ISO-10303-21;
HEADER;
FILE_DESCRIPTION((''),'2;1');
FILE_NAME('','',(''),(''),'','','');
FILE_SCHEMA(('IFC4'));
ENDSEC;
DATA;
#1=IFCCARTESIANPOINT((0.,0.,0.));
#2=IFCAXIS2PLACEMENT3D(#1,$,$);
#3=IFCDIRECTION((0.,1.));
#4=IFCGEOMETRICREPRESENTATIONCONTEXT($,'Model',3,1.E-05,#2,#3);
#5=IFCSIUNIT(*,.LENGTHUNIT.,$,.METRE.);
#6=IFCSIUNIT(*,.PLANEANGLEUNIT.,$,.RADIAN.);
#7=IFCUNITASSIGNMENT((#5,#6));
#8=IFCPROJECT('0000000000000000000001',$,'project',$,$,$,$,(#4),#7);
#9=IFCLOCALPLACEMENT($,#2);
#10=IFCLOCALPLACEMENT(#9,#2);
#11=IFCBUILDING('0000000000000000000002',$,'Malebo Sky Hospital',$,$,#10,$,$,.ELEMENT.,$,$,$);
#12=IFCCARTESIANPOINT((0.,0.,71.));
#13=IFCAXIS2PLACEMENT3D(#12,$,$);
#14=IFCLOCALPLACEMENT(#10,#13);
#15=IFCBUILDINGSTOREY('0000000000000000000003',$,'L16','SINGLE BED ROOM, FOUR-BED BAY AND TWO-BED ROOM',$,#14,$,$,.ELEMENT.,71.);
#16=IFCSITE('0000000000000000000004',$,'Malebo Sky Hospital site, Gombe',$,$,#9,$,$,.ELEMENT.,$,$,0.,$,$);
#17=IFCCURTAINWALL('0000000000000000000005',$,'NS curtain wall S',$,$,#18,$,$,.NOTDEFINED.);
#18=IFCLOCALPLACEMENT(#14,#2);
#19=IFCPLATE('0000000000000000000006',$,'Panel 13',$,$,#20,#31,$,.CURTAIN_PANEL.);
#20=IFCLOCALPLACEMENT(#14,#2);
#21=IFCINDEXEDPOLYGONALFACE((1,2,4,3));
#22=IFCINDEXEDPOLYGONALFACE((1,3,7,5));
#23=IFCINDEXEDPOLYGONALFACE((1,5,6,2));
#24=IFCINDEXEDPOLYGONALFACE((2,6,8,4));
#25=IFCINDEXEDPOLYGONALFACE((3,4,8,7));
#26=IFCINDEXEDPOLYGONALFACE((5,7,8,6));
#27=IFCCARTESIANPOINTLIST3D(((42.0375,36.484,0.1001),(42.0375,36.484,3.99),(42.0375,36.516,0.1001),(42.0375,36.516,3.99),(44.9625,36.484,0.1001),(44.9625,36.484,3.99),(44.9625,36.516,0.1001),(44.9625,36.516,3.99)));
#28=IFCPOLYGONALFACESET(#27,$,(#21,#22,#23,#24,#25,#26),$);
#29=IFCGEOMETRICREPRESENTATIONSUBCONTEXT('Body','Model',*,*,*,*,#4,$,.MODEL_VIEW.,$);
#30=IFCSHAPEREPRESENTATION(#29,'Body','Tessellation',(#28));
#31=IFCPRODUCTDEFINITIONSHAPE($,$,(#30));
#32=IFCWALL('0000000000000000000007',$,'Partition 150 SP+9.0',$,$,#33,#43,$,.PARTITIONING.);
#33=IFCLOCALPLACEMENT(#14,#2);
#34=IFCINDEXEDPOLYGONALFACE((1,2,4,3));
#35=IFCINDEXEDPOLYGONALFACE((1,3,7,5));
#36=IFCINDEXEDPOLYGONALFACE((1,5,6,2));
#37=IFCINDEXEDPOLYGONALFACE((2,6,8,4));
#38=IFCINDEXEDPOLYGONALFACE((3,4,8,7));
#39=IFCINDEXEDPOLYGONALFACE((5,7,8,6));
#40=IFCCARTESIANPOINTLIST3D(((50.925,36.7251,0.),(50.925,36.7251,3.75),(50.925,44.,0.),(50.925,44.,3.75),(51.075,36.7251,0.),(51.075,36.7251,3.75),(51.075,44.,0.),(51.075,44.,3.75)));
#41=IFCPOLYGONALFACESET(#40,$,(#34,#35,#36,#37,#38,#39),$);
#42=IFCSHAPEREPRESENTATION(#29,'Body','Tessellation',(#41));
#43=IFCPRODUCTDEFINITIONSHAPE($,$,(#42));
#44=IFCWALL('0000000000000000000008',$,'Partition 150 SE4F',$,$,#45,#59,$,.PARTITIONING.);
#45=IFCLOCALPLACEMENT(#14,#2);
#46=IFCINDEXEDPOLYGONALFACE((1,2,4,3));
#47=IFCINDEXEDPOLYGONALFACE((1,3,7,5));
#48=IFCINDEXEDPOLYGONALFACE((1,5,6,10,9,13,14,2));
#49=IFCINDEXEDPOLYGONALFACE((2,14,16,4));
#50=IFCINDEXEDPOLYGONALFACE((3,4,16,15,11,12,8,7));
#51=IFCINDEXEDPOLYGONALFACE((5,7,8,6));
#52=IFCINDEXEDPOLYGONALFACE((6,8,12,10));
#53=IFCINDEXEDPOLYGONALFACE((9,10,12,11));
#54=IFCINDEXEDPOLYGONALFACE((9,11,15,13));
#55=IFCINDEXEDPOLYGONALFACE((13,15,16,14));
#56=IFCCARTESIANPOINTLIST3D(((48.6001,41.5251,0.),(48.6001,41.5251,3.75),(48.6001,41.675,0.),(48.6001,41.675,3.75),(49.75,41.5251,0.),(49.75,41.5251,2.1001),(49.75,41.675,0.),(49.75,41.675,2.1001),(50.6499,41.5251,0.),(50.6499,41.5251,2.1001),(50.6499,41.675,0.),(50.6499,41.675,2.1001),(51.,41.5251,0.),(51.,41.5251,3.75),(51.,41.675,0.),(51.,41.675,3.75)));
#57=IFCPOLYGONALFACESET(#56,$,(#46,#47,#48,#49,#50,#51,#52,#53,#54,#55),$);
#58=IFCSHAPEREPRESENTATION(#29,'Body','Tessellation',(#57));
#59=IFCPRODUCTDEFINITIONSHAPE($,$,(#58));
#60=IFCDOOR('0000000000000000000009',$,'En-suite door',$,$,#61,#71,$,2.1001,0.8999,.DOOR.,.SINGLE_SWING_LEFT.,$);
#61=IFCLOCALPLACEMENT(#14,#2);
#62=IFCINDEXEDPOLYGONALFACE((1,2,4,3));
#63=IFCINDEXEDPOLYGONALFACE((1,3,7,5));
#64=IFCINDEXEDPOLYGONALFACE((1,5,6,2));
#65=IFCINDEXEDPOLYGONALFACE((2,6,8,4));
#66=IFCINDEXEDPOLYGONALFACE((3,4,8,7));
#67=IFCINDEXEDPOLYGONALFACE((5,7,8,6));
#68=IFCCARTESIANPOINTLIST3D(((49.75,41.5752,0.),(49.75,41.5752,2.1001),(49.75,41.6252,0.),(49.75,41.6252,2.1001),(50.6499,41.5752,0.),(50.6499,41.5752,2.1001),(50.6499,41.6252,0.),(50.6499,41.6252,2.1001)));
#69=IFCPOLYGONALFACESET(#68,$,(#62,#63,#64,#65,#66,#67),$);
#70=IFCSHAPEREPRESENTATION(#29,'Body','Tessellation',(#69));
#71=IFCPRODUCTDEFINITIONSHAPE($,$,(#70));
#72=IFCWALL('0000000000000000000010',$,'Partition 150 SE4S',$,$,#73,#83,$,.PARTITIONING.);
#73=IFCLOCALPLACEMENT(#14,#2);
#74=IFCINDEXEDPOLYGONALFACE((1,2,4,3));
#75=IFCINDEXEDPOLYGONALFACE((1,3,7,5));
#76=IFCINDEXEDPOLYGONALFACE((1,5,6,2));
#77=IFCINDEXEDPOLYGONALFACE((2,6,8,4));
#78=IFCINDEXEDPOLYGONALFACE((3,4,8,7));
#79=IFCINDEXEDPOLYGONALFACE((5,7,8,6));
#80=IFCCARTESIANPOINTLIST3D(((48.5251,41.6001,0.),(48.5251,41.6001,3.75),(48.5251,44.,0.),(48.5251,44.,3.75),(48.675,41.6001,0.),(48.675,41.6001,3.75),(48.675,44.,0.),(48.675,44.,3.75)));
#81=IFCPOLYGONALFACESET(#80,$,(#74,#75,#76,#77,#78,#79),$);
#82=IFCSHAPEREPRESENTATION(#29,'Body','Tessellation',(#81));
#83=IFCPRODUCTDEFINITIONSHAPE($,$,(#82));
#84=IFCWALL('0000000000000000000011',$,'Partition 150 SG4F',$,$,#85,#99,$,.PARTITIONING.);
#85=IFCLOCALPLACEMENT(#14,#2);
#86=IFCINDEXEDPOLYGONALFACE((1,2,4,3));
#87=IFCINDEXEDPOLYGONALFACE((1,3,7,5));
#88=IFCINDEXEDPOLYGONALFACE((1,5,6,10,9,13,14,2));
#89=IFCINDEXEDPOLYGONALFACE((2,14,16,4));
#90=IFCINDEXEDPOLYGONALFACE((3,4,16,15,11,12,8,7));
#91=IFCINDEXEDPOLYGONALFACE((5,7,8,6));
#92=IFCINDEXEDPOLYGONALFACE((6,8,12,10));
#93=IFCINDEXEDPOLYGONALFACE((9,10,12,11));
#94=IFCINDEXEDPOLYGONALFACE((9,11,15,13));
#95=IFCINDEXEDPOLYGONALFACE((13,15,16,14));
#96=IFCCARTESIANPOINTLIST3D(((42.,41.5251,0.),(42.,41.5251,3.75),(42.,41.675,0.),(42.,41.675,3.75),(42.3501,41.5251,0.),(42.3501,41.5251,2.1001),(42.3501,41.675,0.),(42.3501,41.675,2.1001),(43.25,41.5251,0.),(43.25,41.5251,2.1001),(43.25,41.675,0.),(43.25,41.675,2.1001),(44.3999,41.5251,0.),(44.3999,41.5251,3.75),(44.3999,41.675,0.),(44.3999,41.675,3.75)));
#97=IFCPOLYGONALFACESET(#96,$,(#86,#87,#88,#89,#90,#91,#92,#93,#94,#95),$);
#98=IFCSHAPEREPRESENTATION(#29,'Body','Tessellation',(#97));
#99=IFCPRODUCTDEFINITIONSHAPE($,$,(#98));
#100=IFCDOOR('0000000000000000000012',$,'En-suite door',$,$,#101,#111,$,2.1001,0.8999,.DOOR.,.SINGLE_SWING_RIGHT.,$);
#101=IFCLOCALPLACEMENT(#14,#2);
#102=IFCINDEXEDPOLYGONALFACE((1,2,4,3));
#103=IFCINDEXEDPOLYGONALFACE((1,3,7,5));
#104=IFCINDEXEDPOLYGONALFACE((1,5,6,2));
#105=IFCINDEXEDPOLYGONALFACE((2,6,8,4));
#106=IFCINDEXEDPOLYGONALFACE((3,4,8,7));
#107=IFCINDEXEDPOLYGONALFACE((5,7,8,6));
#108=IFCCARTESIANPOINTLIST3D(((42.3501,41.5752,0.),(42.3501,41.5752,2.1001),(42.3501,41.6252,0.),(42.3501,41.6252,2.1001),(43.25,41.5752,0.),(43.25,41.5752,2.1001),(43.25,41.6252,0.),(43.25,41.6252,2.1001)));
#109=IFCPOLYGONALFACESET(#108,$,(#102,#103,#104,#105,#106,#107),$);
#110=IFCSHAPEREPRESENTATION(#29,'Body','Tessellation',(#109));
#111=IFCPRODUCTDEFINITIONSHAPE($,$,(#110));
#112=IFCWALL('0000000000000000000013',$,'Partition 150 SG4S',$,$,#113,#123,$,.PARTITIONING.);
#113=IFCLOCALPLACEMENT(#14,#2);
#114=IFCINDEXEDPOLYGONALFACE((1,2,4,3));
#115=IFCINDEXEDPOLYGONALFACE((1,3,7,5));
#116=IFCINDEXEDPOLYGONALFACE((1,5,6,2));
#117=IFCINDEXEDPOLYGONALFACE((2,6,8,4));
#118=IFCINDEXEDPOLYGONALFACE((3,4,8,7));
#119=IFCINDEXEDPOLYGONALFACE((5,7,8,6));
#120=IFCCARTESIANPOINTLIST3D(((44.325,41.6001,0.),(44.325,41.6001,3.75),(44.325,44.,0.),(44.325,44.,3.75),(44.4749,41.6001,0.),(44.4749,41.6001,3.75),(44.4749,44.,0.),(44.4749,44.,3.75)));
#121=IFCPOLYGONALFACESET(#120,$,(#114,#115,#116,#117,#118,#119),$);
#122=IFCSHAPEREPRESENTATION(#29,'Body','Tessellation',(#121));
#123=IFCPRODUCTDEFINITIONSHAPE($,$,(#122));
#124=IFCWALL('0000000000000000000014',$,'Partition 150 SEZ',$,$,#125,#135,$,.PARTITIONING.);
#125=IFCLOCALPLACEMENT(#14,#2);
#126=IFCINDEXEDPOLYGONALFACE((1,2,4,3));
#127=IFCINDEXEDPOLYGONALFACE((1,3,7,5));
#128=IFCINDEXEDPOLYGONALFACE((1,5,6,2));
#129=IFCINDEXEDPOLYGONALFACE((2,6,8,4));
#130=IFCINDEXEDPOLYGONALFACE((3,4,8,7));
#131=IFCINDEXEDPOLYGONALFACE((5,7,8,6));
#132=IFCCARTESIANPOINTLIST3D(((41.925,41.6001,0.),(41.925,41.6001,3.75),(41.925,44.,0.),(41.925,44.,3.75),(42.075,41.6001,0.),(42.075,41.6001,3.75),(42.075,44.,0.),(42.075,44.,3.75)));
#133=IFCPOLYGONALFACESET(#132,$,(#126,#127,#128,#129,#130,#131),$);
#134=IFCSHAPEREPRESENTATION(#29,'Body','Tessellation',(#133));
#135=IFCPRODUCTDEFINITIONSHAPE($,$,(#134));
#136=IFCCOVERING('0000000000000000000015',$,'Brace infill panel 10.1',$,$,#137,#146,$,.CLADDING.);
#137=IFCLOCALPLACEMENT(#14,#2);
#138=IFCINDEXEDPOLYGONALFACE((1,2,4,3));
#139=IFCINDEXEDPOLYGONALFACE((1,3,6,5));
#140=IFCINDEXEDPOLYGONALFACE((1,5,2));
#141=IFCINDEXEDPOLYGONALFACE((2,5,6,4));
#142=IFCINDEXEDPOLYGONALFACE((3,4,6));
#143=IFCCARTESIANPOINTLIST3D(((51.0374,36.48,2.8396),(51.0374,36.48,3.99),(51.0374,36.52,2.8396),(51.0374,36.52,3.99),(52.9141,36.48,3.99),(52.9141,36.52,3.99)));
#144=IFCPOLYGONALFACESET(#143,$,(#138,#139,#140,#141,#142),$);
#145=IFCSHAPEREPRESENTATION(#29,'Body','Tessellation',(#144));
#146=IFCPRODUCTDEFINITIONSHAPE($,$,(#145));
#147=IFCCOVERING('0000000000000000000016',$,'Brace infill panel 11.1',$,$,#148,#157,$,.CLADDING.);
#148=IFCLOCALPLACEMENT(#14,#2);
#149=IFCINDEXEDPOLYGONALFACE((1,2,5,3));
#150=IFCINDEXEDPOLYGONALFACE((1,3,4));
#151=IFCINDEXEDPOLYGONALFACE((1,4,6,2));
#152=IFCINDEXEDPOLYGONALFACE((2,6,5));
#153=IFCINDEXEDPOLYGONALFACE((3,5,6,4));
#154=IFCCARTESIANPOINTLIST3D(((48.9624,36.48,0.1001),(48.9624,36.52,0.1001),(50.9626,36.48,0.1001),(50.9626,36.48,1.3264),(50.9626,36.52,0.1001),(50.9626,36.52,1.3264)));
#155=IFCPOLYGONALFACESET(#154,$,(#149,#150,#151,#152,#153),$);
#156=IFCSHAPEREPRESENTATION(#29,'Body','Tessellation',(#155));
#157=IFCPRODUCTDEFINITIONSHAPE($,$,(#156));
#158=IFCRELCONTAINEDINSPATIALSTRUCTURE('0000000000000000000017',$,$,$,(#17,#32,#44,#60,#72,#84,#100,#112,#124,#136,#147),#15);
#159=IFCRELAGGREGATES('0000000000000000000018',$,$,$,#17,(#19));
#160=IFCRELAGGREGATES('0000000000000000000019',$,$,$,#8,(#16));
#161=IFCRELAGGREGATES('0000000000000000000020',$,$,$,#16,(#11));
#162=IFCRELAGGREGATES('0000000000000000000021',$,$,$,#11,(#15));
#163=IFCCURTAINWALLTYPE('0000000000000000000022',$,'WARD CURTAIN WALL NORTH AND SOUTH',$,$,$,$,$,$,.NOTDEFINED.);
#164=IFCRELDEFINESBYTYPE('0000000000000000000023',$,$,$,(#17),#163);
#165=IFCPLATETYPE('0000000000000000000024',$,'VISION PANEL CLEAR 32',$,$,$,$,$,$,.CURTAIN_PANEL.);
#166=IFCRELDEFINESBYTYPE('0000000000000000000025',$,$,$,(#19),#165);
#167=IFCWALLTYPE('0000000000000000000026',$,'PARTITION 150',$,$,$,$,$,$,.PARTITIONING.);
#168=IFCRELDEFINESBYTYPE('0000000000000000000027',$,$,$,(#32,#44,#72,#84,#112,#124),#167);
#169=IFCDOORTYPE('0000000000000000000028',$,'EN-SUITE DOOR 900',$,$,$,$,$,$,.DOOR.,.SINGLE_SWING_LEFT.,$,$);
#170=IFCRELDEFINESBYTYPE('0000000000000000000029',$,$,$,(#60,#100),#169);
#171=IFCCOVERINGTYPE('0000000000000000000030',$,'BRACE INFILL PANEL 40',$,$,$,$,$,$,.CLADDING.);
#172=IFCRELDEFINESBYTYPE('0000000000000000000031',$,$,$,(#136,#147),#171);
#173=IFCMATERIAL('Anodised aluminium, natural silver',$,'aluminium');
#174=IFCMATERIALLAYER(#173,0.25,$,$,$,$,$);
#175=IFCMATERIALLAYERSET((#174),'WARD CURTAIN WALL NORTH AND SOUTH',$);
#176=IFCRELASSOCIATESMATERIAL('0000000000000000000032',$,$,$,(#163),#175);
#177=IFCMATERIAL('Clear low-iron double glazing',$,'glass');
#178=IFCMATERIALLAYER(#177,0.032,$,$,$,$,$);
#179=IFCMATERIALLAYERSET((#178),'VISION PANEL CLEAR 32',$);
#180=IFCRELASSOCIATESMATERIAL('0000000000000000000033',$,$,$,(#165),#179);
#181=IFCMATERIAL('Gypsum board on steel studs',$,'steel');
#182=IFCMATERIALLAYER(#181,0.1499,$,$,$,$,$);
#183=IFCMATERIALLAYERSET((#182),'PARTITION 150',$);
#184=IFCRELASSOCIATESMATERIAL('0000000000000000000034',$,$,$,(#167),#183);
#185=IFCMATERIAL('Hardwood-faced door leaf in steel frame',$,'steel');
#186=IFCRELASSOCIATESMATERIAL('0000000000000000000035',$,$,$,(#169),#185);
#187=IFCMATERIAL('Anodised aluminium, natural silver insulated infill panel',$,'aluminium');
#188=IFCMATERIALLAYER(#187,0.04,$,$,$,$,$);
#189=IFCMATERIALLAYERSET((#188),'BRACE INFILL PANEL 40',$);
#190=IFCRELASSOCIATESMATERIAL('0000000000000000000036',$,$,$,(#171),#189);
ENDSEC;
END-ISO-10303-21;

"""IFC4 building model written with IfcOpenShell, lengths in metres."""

from ifc_helpers import new_model, si_unit, direction, frame, frame_2d, origin, origin_2d, place, context, subcontext, project, spatial, polyline, rectangle, outline, extrude, material, layer, layer_set, type_object, element, fill, aggregate, save


model = new_model("IFC4")

# Units and contexts
model_context = context("Model", 3, precision=1e-05, world=origin(), true_north=direction((0.0, 1.0)))
body_context = subcontext(model_context, "Body", "Model", "MODEL_VIEW")
ifc_project = project(units=[si_unit("LENGTHUNIT", "METRE"), si_unit("PLANEANGLEUNIT", "RADIAN")], contexts=[model_context])

# Site, building, storey
site_placement = place(None, origin())
site = spatial("IfcSite", under=ifc_project, at=site_placement, Name="Malebo Sky Hospital site, Gombe", CompositionType="ELEMENT", RefElevation=0.0)
building_placement = place(site_placement, origin())
building = spatial("IfcBuilding", under=site, at=building_placement, Name="Malebo Sky Hospital", CompositionType="ELEMENT")
storey_placement = place(building_placement, frame((0.0, 0.0, 71.0)))
storey = spatial("IfcBuildingStorey", under=building, at=storey_placement, Name="L16", Description="SINGLE BED ROOM, FOUR-BED BAY AND TWO-BED ROOM", CompositionType="ELEMENT", Elevation=71.0)

# Curtain wall
ifc_material_1 = material(Name="Anodised aluminium, natural silver", Category="aluminium")
ifc_layer_1 = layer(ifc_material_1, 0.25)
ifc_layer_set_1 = layer_set([ifc_layer_1], Name="WARD CURTAIN WALL NORTH AND SOUTH")
curtain_wall_type = type_object("IfcCurtainWallType", Name="WARD CURTAIN WALL NORTH AND SOUTH", PredefinedType="NOTDEFINED", material=ifc_layer_set_1)
curtain_wall_placement = place(storey_placement, origin())
curtain_wall = element("IfcCurtainWall", 1, at=curtain_wall_placement, inside=storey, type_object=curtain_wall_type, Name="NS curtain wall S", PredefinedType="NOTDEFINED")

# Plate
ifc_material_2 = material(Name="Clear low-iron double glazing", Category="glass")
ifc_layer_2 = layer(ifc_material_2, 0.032)
ifc_layer_set_2 = layer_set([ifc_layer_2], Name="VISION PANEL CLEAR 32")
plate_type = type_object("IfcPlateType", Name="VISION PANEL CLEAR 32", PredefinedType="CURTAIN_PANEL", material=ifc_layer_set_2)
plate_1_placement = place(storey_placement, frame((43.5, 36.5, 0.1001), z_axis=(0.0, 0.0, 1.0), x_axis=(-1.0, 0.0, 0.0)))
plate_1 = element("IfcPlate", 2, at=plate_1_placement, type_object=plate_type, Name="Panel 13", PredefinedType="CURTAIN_PANEL", context=body_context, shape_type="SweptSolid", body=[
    extrude(rectangle(XDim=2.925, YDim=0.032, at=origin_2d()), origin(), (0.0, 0.0, 1.0), 3.8899),
])
aggregate(curtain_wall, [plate_1])

# Wall
ifc_material_3 = material(Name="Gypsum board on steel studs", Category="steel")
ifc_layer_3 = layer(ifc_material_3, 0.1499)
ifc_layer_set_3 = layer_set([ifc_layer_3], Name="PARTITION 150")
wall_type = type_object("IfcWallType", Name="PARTITION 150", PredefinedType="PARTITIONING", material=ifc_layer_set_3)
wall_1_placement = place(storey_placement, frame((51.0, 44.0, 0.0), z_axis=(0.0, 0.0, 1.0), x_axis=(0.0, -1.0, 0.0)))
element("IfcWall", 3, at=wall_1_placement, inside=storey, type_object=wall_type, Name="Partition 150 SP+9.0", PredefinedType="PARTITIONING", context=body_context, shape_type="SweptSolid", body=[
    extrude(rectangle(XDim=7.2749, YDim=0.1499, at=frame_2d((3.6375, 0.0))), origin(), (0.0, 0.0, 1.0), 3.75),
])

# Wall, opening, door
wall_2_placement = place(storey_placement, frame((51.0, 41.6001, 0.0), z_axis=(0.0, 0.0, 1.0), x_axis=(-1.0, 0.0, 0.0)))
wall_2 = element("IfcWall", 4, at=wall_2_placement, inside=storey, type_object=wall_type, Name="Partition 150 SE4F", PredefinedType="PARTITIONING", context=body_context, shape_type="SweptSolid", body=[
    extrude(rectangle(XDim=2.3999, YDim=0.1499, at=frame_2d((1.2, 0.0))), origin(), (0.0, 0.0, 1.0), 3.75),
])
opening_1_placement = place(wall_2_placement, frame((0.3501, 0.0, 0.0)))
opening_1 = element("IfcOpeningElement", 5, at=opening_1_placement, cuts=wall_2, PredefinedType="OPENING", context=body_context, shape_type="SweptSolid", body=[
    extrude(rectangle(XDim=0.8999, YDim=2.1001, at=frame_2d((0.45, 1.05))), frame((0.0, 0.085, 0.0), z_axis=(0.0, -1.0, 0.0), x_axis=(1.0, 0.0, 0.0)), (0.0, 0.0, 1.0), 0.1699),
])
ifc_material_4 = material(Name="Hardwood-faced door leaf in steel frame", Category="steel")
door_type = type_object("IfcDoorType", Name="EN-SUITE DOOR 900", OperationType="SINGLE_SWING_LEFT", PredefinedType="DOOR", material=ifc_material_4)
door_1_placement = place(opening_1_placement, origin())
door_1 = element("IfcDoor", 6, at=door_1_placement, inside=storey, type_object=door_type, Name="En-suite door", OperationType="SINGLE_SWING_LEFT", OverallHeight=2.1001, OverallWidth=0.8999, PredefinedType="DOOR", context=body_context, shape_type="SweptSolid", body=[
    extrude(rectangle(XDim=0.8999, YDim=2.1001, at=frame_2d((0.45, 1.05))), frame((0.0, 0.0249, 0.0), z_axis=(0.0, -1.0, 0.0), x_axis=(1.0, 0.0, 0.0)), (0.0, 0.0, 1.0), 0.05),
])
fill(opening_1, door_1)

# Wall
wall_3_placement = place(storey_placement, frame((48.6001, 44.0, 0.0), z_axis=(0.0, 0.0, 1.0), x_axis=(0.0, -1.0, 0.0)))
element("IfcWall", 7, at=wall_3_placement, inside=storey, type_object=wall_type, Name="Partition 150 SE4S", PredefinedType="PARTITIONING", context=body_context, shape_type="SweptSolid", body=[
    extrude(rectangle(XDim=2.3999, YDim=0.1499, at=frame_2d((1.2, 0.0))), origin(), (0.0, 0.0, 1.0), 3.75),
])

# Wall, opening, door
wall_4_placement = place(storey_placement, frame((44.3999, 41.6001, 0.0), z_axis=(0.0, 0.0, 1.0), x_axis=(-1.0, 0.0, 0.0)))
wall_4 = element("IfcWall", 8, at=wall_4_placement, inside=storey, type_object=wall_type, Name="Partition 150 SG4F", PredefinedType="PARTITIONING", context=body_context, shape_type="SweptSolid", body=[
    extrude(rectangle(XDim=2.3999, YDim=0.1499, at=frame_2d((1.2, 0.0))), origin(), (0.0, 0.0, 1.0), 3.75),
])
opening_2_placement = place(wall_4_placement, frame((1.1499, 0.0, 0.0)))
opening_2 = element("IfcOpeningElement", 9, at=opening_2_placement, cuts=wall_4, PredefinedType="OPENING", context=body_context, shape_type="SweptSolid", body=[
    extrude(rectangle(XDim=0.8999, YDim=2.1001, at=frame_2d((0.45, 1.05))), frame((0.0, 0.085, 0.0), z_axis=(0.0, -1.0, 0.0), x_axis=(1.0, 0.0, 0.0)), (0.0, 0.0, 1.0), 0.1699),
])
door_2_placement = place(opening_2_placement, origin())
door_2 = element("IfcDoor", 10, at=door_2_placement, inside=storey, type_object=door_type, Name="En-suite door", OperationType="SINGLE_SWING_RIGHT", OverallHeight=2.1001, OverallWidth=0.8999, PredefinedType="DOOR", context=body_context, shape_type="SweptSolid", body=[
    extrude(rectangle(XDim=0.8999, YDim=2.1001, at=frame_2d((0.45, 1.05))), frame((0.0, 0.0249, 0.0), z_axis=(0.0, -1.0, 0.0), x_axis=(1.0, 0.0, 0.0)), (0.0, 0.0, 1.0), 0.05),
])
fill(opening_2, door_2)

# Walls
for number, where, z_axis, x_axis, name in (
    (11, (44.3999, 44.0, 0.0), (0.0, 0.0, 1.0), (0.0, -1.0, 0.0), "Partition 150 SG4S"),
    (12, (42.0, 44.0, 0.0), (0.0, 0.0, 1.0), (0.0, -1.0, 0.0), "Partition 150 SEZ"),
):
    element("IfcWall", number, at=place(storey_placement, frame(where, z_axis=z_axis, x_axis=x_axis)), inside=storey, type_object=wall_type, Name=name, PredefinedType="PARTITIONING", context=body_context, shape_type="SweptSolid", body=[
        extrude(rectangle(XDim=2.3999, YDim=0.1499, at=frame_2d((1.2, 0.0))), origin(), (0.0, 0.0, 1.0), 3.75),
    ])

# Coverings
ifc_material_5 = material(Name="Anodised aluminium, natural silver insulated infill panel", Category="aluminium")
ifc_layer_4 = layer(ifc_material_5, 0.04)
ifc_layer_set_4 = layer_set([ifc_layer_4], Name="BRACE INFILL PANEL 40")
covering_type = type_object("IfcCoveringType", Name="BRACE INFILL PANEL 40", PredefinedType="CLADDING", material=ifc_layer_set_4)
covering_1_placement = place(storey_placement, frame((51.9758, 36.5, 2.8396), z_axis=(0.0, 0.0, 1.0), x_axis=(-1.0, 0.0, 0.0)))
element("IfcCovering", 13, at=covering_1_placement, inside=storey, type_object=covering_type, Name="Brace infill panel 10.1", PredefinedType="CLADDING", context=body_context, shape_type="SweptSolid", body=[
    extrude(outline(polyline([(0.9385, 0.0), (0.9385, 1.1504), (-0.9382, 1.1504), (0.9385, 0.0)])), frame((0.0, 0.02, 0.0), z_axis=(0.0, -1.0, 0.0), x_axis=(1.0, 0.0, 0.0)), (0.0, 0.0, 1.0), 0.04),
])
covering_2_placement = place(storey_placement, frame((49.9624, 36.5, 0.1001), z_axis=(0.0, 0.0, 1.0), x_axis=(-1.0, 0.0, 0.0)))
element("IfcCovering", 14, at=covering_2_placement, inside=storey, type_object=covering_type, Name="Brace infill panel 11.1", PredefinedType="CLADDING", context=body_context, shape_type="SweptSolid", body=[
    extrude(outline(polyline([(-1.0002, 0.0), (1.0, 0.0), (-1.0002, 1.2263), (-1.0002, 0.0)])), frame((0.0, 0.02, 0.0), z_axis=(0.0, -1.0, 0.0), x_axis=(1.0, 0.0, 0.0)), (0.0, 0.0, 1.0), 0.04),
])

save(model, "model.ifc")
